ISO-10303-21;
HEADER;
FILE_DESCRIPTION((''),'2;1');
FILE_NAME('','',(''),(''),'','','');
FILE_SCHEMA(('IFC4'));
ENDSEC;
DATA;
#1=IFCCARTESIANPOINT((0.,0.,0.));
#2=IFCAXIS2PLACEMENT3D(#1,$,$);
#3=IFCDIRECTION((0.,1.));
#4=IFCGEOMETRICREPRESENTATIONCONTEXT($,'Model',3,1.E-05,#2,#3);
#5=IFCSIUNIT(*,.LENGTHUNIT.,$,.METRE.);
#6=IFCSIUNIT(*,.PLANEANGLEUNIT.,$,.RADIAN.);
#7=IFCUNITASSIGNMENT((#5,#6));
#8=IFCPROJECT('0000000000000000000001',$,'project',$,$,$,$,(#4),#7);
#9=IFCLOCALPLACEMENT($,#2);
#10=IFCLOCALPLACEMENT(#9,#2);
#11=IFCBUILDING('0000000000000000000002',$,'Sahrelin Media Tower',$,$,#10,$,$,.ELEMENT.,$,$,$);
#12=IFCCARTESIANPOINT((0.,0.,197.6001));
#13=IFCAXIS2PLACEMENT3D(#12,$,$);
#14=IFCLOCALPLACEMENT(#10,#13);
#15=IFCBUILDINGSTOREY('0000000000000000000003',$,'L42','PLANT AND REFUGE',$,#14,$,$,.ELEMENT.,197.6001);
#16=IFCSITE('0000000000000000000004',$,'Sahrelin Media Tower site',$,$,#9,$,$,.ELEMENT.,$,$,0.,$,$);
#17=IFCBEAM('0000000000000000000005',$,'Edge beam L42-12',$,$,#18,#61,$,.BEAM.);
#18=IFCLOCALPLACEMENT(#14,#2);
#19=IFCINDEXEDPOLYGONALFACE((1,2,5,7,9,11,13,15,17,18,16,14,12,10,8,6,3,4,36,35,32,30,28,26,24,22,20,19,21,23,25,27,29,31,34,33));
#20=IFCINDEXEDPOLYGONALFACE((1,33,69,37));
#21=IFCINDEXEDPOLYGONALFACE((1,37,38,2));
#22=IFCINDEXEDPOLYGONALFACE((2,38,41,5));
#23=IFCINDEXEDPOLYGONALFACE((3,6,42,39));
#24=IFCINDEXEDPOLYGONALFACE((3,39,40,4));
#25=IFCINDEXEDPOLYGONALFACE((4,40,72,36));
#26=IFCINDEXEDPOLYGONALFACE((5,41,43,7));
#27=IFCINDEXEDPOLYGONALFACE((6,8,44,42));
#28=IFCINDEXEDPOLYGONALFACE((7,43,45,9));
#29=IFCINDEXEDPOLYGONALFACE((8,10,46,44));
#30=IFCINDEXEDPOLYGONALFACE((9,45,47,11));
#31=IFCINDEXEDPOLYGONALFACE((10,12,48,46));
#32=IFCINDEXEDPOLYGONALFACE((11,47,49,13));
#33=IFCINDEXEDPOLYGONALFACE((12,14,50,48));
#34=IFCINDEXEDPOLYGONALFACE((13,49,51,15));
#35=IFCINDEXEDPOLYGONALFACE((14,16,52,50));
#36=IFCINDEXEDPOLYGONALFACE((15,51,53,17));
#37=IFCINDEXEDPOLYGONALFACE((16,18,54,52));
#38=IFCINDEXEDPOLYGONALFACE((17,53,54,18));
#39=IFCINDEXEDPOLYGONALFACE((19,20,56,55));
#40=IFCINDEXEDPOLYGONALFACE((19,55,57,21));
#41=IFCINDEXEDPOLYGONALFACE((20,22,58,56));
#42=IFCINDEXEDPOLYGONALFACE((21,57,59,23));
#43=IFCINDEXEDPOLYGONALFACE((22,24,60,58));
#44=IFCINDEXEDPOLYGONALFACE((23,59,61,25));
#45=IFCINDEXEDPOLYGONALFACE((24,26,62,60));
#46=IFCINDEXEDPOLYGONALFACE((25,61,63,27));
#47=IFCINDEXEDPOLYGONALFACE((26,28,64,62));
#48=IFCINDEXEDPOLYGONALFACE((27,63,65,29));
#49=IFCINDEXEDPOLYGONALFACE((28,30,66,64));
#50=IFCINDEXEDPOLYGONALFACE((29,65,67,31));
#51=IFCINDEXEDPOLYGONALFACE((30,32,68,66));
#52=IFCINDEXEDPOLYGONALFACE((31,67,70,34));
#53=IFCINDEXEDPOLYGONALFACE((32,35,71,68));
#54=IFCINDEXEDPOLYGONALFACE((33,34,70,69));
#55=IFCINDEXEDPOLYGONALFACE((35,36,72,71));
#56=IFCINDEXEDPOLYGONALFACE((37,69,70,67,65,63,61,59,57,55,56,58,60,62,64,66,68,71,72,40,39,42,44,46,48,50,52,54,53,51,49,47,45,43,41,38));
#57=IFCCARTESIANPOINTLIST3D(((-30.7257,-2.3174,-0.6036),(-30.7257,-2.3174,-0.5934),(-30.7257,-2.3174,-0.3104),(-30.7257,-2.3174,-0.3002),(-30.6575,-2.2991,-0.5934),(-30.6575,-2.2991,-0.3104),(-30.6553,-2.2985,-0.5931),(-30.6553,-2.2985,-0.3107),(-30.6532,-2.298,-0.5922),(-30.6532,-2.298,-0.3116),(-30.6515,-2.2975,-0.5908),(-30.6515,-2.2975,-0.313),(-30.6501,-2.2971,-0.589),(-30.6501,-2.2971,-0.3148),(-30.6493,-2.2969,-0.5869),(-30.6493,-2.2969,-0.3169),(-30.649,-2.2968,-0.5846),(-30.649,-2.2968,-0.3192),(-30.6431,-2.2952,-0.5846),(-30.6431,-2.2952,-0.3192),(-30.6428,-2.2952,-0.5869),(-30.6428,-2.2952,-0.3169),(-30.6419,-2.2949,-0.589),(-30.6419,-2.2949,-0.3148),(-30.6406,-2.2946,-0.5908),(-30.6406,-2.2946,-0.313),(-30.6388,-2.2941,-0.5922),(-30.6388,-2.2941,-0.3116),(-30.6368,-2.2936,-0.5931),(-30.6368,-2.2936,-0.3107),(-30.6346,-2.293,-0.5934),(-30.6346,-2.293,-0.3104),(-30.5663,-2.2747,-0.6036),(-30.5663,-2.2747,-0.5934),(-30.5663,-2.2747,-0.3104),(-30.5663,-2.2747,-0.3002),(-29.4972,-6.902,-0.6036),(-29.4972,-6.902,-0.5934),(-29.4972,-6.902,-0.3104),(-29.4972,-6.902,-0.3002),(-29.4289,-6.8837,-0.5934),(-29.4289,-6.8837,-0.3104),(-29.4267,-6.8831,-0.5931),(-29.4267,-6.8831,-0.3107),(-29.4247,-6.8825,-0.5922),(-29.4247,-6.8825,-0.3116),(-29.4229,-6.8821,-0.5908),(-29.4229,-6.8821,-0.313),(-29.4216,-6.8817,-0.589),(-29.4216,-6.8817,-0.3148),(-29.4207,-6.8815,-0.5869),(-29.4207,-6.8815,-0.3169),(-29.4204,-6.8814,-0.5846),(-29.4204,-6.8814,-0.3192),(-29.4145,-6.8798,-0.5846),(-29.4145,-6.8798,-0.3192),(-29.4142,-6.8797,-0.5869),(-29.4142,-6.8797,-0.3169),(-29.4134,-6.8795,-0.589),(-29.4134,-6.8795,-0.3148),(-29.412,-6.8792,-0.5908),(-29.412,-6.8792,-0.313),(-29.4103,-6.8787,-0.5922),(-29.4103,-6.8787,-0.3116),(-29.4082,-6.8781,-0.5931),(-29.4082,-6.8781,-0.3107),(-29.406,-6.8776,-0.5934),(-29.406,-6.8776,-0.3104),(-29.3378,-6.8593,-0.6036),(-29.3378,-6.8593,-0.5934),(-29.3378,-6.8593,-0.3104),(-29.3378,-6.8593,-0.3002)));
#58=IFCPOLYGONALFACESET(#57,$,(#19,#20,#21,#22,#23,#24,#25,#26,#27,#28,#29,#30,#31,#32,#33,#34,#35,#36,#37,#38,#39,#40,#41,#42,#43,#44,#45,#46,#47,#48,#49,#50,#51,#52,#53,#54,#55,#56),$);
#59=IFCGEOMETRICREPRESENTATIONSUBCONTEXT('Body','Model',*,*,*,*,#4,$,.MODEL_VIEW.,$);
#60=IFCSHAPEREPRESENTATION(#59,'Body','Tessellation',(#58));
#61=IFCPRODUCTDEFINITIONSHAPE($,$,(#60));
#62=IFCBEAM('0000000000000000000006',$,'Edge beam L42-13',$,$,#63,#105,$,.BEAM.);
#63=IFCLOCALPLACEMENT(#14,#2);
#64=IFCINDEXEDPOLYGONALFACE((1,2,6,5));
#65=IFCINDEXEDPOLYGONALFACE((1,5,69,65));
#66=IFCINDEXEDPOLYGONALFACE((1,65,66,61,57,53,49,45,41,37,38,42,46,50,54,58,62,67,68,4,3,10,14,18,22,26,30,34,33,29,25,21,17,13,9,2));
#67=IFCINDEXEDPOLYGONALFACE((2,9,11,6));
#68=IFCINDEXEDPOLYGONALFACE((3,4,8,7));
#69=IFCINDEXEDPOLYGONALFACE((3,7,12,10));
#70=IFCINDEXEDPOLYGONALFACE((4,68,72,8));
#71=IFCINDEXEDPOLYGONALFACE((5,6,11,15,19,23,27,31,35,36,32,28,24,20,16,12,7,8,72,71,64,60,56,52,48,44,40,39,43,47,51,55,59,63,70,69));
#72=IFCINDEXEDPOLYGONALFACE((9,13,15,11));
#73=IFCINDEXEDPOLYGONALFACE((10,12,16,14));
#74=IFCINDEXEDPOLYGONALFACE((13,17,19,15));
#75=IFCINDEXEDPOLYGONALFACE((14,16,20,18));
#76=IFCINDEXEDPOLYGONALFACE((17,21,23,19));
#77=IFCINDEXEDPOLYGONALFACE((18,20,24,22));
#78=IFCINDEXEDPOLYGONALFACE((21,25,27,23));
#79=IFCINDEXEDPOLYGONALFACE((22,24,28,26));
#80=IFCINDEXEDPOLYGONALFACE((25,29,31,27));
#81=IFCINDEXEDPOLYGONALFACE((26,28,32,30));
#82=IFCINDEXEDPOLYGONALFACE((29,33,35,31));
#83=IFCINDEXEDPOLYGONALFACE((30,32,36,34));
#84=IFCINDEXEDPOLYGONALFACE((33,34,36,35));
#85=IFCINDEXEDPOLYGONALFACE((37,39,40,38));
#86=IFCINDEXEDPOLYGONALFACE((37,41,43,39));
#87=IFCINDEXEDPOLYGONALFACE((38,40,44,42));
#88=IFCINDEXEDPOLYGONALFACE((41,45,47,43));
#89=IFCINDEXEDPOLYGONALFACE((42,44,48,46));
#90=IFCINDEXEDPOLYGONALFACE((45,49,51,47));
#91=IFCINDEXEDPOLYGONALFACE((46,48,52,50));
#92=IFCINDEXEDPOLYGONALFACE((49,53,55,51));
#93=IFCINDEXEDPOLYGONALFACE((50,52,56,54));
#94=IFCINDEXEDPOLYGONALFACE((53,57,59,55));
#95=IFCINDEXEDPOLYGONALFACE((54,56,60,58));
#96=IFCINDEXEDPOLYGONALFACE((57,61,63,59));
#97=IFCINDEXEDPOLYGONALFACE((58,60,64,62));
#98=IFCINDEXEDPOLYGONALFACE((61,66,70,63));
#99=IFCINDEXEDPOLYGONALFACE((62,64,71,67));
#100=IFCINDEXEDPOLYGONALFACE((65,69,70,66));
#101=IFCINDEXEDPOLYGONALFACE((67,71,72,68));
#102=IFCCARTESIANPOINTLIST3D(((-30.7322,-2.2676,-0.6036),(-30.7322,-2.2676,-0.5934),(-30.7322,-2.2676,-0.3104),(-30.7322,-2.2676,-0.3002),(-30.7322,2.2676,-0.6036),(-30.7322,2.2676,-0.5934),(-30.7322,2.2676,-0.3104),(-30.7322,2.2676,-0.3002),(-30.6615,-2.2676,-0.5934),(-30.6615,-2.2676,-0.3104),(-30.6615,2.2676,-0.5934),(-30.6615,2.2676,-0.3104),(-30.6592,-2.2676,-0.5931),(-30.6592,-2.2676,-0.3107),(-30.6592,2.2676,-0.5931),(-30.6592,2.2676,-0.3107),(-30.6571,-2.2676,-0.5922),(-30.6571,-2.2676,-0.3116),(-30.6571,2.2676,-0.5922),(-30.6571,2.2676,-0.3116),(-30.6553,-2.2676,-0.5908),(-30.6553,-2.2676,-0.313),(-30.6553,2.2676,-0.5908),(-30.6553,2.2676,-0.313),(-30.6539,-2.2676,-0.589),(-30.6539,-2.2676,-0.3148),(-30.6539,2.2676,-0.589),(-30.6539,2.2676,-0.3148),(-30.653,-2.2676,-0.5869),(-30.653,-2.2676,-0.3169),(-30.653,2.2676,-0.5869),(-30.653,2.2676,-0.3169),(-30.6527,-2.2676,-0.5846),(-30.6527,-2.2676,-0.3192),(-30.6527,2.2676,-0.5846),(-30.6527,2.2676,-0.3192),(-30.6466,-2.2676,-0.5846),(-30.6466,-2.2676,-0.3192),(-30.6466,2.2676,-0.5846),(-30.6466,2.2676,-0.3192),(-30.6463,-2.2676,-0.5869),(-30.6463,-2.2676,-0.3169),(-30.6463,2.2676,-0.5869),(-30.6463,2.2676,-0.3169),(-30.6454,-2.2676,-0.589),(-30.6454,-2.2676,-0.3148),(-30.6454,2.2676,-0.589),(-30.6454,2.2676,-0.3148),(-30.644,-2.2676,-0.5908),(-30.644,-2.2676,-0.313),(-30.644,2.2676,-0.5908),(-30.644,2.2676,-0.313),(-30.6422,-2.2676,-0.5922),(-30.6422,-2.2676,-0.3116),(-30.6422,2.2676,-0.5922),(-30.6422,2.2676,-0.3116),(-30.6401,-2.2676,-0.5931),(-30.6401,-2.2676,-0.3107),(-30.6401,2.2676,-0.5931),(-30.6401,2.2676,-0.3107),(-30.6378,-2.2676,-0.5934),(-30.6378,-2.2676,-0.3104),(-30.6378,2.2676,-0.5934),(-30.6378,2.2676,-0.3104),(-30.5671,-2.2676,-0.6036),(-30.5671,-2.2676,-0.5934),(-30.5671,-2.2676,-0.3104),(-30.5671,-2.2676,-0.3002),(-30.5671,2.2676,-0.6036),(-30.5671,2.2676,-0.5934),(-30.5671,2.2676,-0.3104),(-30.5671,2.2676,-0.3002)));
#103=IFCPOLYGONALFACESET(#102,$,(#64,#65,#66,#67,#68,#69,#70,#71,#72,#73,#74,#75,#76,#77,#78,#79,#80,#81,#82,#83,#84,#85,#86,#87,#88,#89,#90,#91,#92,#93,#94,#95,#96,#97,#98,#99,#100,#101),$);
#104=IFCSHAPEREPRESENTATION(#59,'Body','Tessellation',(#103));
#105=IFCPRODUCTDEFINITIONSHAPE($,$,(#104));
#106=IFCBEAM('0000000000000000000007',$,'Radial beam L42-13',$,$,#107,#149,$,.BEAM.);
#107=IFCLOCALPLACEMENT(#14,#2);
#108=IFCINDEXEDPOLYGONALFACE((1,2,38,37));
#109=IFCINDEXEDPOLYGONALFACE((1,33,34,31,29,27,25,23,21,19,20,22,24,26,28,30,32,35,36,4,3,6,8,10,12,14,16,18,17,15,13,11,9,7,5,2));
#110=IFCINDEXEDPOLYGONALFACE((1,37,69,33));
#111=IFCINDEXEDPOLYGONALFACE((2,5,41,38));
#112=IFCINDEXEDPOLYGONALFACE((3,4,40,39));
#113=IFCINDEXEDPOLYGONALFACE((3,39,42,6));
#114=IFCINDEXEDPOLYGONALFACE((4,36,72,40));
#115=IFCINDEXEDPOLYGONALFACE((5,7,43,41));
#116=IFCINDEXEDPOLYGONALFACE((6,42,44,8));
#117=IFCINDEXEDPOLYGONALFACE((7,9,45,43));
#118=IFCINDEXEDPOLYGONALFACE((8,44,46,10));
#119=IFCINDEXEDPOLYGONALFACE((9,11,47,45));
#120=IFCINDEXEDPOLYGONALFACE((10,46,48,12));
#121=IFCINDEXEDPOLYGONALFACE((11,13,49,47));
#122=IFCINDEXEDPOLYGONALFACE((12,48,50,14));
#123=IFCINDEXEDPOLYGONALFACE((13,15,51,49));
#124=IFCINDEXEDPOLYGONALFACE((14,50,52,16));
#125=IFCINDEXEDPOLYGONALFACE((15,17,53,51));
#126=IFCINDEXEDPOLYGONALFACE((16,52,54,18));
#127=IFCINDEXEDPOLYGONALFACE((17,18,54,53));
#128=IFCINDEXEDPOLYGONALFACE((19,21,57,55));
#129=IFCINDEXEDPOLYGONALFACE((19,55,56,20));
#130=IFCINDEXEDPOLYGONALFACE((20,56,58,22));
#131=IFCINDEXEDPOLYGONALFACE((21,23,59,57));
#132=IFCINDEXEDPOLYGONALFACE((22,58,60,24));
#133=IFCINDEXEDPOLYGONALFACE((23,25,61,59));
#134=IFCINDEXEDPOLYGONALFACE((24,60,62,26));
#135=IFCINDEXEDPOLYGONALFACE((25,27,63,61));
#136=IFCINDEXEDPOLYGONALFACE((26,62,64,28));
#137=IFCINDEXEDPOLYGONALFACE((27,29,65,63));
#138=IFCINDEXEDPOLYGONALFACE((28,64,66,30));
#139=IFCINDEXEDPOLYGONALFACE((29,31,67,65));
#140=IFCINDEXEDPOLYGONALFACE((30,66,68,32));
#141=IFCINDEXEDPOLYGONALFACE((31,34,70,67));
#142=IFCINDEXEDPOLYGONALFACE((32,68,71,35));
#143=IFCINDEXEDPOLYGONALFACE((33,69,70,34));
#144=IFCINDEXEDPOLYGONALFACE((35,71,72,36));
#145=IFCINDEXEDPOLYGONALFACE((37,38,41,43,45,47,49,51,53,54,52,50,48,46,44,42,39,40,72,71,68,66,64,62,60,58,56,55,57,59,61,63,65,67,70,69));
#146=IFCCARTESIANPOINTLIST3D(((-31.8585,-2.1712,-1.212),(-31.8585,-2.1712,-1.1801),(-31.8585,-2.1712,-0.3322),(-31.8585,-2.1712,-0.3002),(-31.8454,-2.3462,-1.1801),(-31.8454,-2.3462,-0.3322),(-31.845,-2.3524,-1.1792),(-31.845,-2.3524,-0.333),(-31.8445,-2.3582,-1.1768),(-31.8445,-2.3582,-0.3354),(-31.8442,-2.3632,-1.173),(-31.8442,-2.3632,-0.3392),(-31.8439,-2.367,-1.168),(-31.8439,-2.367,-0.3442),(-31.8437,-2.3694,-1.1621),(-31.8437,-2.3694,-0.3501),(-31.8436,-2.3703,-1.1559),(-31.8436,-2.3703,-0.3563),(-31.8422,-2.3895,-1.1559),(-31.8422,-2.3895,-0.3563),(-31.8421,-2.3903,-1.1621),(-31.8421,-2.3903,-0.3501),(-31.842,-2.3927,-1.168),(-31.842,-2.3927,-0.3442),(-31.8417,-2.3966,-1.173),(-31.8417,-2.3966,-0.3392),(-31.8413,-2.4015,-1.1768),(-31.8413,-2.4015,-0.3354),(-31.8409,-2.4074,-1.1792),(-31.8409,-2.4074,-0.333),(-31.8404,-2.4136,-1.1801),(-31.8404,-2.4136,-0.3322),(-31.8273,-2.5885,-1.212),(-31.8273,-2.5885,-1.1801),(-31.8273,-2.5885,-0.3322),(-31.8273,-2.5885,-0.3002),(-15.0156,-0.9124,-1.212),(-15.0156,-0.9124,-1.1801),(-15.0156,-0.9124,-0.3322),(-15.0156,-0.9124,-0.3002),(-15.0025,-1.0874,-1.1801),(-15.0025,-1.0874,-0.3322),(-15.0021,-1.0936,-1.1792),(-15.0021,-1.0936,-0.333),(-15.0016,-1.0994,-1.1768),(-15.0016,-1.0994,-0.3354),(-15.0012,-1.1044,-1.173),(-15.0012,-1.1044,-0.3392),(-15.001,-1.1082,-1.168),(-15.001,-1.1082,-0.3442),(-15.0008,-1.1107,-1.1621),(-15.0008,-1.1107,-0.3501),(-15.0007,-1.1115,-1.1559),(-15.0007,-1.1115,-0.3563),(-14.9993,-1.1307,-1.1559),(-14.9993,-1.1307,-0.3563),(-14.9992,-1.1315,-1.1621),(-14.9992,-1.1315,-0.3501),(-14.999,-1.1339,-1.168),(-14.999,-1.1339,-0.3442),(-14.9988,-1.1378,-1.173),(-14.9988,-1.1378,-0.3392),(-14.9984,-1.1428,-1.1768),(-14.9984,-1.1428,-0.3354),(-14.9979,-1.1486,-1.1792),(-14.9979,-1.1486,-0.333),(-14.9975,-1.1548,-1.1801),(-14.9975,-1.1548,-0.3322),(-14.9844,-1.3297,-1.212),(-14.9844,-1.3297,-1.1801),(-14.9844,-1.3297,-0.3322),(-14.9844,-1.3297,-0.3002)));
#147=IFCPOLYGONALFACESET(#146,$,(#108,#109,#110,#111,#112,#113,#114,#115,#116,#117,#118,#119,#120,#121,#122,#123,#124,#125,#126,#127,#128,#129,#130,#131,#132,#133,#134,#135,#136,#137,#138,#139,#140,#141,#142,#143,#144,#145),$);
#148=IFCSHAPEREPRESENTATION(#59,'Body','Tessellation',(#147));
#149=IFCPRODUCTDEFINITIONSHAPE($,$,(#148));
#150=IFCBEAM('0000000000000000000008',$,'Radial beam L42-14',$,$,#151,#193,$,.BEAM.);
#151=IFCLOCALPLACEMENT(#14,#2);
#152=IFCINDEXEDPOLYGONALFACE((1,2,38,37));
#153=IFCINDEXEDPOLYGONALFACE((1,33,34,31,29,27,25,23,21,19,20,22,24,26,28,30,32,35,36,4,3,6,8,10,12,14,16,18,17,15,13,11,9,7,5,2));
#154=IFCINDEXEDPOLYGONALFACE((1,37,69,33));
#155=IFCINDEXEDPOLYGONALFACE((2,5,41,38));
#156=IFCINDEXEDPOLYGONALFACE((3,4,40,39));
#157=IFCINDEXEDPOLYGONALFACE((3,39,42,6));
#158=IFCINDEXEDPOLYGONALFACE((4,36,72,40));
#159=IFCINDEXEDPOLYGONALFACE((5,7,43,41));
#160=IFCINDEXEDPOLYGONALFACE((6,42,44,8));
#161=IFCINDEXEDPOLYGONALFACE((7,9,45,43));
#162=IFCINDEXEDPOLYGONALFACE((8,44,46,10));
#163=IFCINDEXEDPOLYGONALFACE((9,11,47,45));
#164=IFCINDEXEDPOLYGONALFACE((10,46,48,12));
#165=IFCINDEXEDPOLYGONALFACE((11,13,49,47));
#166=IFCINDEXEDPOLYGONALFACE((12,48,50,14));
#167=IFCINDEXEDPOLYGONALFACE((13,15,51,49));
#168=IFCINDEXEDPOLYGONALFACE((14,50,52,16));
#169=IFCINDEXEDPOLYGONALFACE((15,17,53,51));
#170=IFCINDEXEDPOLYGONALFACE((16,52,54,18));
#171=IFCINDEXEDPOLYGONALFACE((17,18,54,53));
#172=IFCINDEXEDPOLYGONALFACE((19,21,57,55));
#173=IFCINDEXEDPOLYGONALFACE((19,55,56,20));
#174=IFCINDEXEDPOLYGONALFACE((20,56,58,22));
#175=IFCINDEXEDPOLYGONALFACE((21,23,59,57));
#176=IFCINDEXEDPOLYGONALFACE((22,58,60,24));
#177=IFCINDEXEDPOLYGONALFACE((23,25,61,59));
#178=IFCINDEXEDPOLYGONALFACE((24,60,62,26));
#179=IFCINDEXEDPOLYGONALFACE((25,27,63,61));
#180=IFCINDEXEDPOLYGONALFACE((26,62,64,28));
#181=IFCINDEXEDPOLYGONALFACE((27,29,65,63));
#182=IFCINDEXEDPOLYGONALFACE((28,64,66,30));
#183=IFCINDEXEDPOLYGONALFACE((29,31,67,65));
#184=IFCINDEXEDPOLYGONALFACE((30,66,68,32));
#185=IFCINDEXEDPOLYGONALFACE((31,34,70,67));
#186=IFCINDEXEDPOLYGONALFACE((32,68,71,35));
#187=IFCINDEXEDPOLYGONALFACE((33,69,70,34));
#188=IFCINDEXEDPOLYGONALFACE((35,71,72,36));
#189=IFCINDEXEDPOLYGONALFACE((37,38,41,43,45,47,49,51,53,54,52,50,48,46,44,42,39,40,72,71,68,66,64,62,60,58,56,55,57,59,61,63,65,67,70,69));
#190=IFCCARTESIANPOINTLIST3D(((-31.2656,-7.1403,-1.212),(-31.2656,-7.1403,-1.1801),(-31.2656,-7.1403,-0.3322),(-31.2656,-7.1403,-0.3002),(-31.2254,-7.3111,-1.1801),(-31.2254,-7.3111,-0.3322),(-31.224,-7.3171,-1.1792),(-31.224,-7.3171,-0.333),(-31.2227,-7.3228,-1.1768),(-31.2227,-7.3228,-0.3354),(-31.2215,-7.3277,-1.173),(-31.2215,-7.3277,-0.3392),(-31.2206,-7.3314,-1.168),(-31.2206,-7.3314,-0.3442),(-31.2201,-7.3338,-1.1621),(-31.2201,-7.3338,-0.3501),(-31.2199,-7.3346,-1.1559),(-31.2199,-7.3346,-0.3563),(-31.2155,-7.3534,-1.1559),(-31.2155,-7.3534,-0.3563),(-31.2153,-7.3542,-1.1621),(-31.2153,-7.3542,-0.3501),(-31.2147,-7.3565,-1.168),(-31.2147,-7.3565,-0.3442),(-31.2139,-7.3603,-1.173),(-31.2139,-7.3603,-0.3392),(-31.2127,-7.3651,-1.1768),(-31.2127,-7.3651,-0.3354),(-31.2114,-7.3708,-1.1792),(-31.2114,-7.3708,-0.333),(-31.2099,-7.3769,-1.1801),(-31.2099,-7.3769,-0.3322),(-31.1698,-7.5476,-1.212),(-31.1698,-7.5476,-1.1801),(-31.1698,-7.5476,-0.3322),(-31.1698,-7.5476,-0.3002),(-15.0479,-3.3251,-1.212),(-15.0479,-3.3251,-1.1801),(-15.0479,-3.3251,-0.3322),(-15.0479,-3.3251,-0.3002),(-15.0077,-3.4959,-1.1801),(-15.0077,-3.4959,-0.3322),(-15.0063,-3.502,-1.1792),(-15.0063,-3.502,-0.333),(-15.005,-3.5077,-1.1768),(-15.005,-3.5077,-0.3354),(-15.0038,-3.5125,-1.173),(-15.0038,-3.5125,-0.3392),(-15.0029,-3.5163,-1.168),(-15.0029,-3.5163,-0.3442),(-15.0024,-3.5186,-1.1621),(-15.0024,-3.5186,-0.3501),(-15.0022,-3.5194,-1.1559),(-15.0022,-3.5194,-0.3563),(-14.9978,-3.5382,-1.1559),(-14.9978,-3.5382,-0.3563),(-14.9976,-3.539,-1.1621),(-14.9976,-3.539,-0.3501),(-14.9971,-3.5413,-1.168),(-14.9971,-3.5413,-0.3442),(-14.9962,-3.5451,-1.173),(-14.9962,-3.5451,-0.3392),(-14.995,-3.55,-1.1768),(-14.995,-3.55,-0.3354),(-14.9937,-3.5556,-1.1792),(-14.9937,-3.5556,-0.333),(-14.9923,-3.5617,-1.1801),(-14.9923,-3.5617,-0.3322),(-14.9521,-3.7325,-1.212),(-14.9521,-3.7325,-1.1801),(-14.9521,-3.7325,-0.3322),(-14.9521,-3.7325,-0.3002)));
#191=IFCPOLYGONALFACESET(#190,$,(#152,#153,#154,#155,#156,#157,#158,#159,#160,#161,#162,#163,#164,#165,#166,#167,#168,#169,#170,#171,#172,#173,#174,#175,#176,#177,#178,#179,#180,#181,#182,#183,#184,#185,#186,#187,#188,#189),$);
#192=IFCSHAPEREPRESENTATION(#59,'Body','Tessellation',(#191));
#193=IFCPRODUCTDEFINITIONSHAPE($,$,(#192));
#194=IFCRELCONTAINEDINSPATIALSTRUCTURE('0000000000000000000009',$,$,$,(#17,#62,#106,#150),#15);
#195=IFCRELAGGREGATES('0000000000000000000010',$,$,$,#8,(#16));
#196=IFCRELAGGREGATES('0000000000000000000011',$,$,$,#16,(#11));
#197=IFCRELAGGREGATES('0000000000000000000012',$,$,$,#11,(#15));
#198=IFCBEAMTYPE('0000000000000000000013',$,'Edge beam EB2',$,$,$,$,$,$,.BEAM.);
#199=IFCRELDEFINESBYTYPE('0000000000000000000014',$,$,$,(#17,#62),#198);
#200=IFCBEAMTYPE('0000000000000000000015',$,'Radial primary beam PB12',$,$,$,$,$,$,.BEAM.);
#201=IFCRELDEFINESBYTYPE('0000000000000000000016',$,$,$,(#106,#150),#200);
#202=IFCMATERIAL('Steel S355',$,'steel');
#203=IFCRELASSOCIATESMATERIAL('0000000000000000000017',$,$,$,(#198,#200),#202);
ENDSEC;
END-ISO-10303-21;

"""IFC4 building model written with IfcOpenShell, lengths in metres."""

from ifc_helpers import new_model, si_unit, direction, frame, origin, origin_2d, place, context, subcontext, project, spatial, i_section, extrude, material, material_profile, profile_set, type_object, element, save


model = new_model("IFC4")

# Units and contexts
model_context = context("Model", 3, precision=1e-05, world=origin(), true_north=direction((0.0, 1.0)))
body_context = subcontext(model_context, "Body", "Model", "MODEL_VIEW")
ifc_project = project(units=[si_unit("LENGTHUNIT", "METRE"), si_unit("PLANEANGLEUNIT", "RADIAN")], contexts=[model_context])

# Site, building, storey
site_placement = place(None, origin())
site = spatial("IfcSite", under=ifc_project, at=site_placement, Name="Sahrelin Media Tower site", CompositionType="ELEMENT", RefElevation=0.0)
building_placement = place(site_placement, origin())
building = spatial("IfcBuilding", under=site, at=building_placement, Name="Sahrelin Media Tower", CompositionType="ELEMENT")
storey_placement = place(building_placement, frame((0.0, 0.0, 197.6001)))
storey = spatial("IfcBuildingStorey", under=building, at=storey_placement, Name="L42", Description="PLANT AND REFUGE", CompositionType="ELEMENT", Elevation=197.6001)

# Beams
ifc_material_1 = material(Name="Steel S355", Category="steel")
ifc_material_profile_1 = material_profile(ifc_material_1, i_section(OverallWidth=0.165, OverallDepth=0.3035, WebThickness=0.0061, FlangeThickness=0.0103, FilletRadius=0.0088, at=origin_2d()), Name="UB 305x165x40")
ifc_profile_set_1 = profile_set([ifc_material_profile_1], Name="Steel S355")
beam_type_1 = type_object("IfcBeamType", Name="Edge beam EB2", PredefinedType="BEAM", material=ifc_profile_set_1)
beam_1_placement = place(storey_placement, frame((-29.4175, -6.8806, -0.4519), z_axis=(-0.258841, 0.96592, 0.0), x_axis=(-0.96592, -0.258841, 0.0)))
element("IfcBeam", 1, at=beam_1_placement, inside=storey, type_object=beam_type_1, Name="Edge beam L42-12", PredefinedType="BEAM", context=body_context, shape_type="SweptSolid", body=[
    extrude(i_section(OverallWidth=0.165, OverallDepth=0.3035, WebThickness=0.0061, FlangeThickness=0.0103, FilletRadius=0.0088, at=origin_2d()), origin(), (0.0, 0.0, 1.0), 4.7463),
])
beam_2_placement = place(storey_placement, frame((-30.6497, -2.2676, -0.4519), z_axis=(0.0, 1.0, 0.0), x_axis=(-1.0, 0.0, 0.0)))
element("IfcBeam", 2, at=beam_2_placement, inside=storey, type_object=beam_type_1, Name="Edge beam L42-13", PredefinedType="BEAM", context=body_context, shape_type="SweptSolid", body=[
    extrude(i_section(OverallWidth=0.165, OverallDepth=0.3035, WebThickness=0.0061, FlangeThickness=0.0103, FilletRadius=0.0088, at=origin_2d()), origin(), (0.0, 0.0, 1.0), 4.5352),
])
ifc_material_profile_2 = material_profile(ifc_material_1, i_section(OverallWidth=0.4185, OverallDepth=0.9119, WebThickness=0.0193, FlangeThickness=0.032, FilletRadius=0.0242, at=origin_2d()), Name="UB 914x419x343")
ifc_profile_set_2 = profile_set([ifc_material_profile_2], Name="Steel S355")
beam_type_2 = type_object("IfcBeamType", Name="Radial primary beam PB12", PredefinedType="BEAM", material=ifc_profile_set_2)
beam_3_placement = place(storey_placement, frame((-15.0, -1.1211, -0.7561), z_axis=(-0.997219, -0.074529, 0.0), x_axis=(0.074529, -0.997219, 0.0)))
element("IfcBeam", 3, at=beam_3_placement, inside=storey, type_object=beam_type_2, Name="Radial beam L42-13", PredefinedType="BEAM", context=body_context, shape_type="SweptSolid", body=[
    extrude(i_section(OverallWidth=0.4185, OverallDepth=0.9119, WebThickness=0.0193, FlangeThickness=0.032, FilletRadius=0.0242, at=origin_2d()), origin(), (0.0, 0.0, 1.0), 16.8899),
])
beam_4_placement = place(storey_placement, frame((-15.0, -3.5288, -0.7561), z_axis=(-0.973427, -0.228996, 0.0), x_axis=(0.228996, -0.973427, 0.0)))
element("IfcBeam", 4, at=beam_4_placement, inside=storey, type_object=beam_type_2, Name="Radial beam L42-14", PredefinedType="BEAM", context=body_context, shape_type="SweptSolid", body=[
    extrude(i_section(OverallWidth=0.4185, OverallDepth=0.9119, WebThickness=0.0193, FlangeThickness=0.032, FilletRadius=0.0242, at=origin_2d()), origin(), (0.0, 0.0, 1.0), 16.6604),
])

save(model, "model.ifc")
